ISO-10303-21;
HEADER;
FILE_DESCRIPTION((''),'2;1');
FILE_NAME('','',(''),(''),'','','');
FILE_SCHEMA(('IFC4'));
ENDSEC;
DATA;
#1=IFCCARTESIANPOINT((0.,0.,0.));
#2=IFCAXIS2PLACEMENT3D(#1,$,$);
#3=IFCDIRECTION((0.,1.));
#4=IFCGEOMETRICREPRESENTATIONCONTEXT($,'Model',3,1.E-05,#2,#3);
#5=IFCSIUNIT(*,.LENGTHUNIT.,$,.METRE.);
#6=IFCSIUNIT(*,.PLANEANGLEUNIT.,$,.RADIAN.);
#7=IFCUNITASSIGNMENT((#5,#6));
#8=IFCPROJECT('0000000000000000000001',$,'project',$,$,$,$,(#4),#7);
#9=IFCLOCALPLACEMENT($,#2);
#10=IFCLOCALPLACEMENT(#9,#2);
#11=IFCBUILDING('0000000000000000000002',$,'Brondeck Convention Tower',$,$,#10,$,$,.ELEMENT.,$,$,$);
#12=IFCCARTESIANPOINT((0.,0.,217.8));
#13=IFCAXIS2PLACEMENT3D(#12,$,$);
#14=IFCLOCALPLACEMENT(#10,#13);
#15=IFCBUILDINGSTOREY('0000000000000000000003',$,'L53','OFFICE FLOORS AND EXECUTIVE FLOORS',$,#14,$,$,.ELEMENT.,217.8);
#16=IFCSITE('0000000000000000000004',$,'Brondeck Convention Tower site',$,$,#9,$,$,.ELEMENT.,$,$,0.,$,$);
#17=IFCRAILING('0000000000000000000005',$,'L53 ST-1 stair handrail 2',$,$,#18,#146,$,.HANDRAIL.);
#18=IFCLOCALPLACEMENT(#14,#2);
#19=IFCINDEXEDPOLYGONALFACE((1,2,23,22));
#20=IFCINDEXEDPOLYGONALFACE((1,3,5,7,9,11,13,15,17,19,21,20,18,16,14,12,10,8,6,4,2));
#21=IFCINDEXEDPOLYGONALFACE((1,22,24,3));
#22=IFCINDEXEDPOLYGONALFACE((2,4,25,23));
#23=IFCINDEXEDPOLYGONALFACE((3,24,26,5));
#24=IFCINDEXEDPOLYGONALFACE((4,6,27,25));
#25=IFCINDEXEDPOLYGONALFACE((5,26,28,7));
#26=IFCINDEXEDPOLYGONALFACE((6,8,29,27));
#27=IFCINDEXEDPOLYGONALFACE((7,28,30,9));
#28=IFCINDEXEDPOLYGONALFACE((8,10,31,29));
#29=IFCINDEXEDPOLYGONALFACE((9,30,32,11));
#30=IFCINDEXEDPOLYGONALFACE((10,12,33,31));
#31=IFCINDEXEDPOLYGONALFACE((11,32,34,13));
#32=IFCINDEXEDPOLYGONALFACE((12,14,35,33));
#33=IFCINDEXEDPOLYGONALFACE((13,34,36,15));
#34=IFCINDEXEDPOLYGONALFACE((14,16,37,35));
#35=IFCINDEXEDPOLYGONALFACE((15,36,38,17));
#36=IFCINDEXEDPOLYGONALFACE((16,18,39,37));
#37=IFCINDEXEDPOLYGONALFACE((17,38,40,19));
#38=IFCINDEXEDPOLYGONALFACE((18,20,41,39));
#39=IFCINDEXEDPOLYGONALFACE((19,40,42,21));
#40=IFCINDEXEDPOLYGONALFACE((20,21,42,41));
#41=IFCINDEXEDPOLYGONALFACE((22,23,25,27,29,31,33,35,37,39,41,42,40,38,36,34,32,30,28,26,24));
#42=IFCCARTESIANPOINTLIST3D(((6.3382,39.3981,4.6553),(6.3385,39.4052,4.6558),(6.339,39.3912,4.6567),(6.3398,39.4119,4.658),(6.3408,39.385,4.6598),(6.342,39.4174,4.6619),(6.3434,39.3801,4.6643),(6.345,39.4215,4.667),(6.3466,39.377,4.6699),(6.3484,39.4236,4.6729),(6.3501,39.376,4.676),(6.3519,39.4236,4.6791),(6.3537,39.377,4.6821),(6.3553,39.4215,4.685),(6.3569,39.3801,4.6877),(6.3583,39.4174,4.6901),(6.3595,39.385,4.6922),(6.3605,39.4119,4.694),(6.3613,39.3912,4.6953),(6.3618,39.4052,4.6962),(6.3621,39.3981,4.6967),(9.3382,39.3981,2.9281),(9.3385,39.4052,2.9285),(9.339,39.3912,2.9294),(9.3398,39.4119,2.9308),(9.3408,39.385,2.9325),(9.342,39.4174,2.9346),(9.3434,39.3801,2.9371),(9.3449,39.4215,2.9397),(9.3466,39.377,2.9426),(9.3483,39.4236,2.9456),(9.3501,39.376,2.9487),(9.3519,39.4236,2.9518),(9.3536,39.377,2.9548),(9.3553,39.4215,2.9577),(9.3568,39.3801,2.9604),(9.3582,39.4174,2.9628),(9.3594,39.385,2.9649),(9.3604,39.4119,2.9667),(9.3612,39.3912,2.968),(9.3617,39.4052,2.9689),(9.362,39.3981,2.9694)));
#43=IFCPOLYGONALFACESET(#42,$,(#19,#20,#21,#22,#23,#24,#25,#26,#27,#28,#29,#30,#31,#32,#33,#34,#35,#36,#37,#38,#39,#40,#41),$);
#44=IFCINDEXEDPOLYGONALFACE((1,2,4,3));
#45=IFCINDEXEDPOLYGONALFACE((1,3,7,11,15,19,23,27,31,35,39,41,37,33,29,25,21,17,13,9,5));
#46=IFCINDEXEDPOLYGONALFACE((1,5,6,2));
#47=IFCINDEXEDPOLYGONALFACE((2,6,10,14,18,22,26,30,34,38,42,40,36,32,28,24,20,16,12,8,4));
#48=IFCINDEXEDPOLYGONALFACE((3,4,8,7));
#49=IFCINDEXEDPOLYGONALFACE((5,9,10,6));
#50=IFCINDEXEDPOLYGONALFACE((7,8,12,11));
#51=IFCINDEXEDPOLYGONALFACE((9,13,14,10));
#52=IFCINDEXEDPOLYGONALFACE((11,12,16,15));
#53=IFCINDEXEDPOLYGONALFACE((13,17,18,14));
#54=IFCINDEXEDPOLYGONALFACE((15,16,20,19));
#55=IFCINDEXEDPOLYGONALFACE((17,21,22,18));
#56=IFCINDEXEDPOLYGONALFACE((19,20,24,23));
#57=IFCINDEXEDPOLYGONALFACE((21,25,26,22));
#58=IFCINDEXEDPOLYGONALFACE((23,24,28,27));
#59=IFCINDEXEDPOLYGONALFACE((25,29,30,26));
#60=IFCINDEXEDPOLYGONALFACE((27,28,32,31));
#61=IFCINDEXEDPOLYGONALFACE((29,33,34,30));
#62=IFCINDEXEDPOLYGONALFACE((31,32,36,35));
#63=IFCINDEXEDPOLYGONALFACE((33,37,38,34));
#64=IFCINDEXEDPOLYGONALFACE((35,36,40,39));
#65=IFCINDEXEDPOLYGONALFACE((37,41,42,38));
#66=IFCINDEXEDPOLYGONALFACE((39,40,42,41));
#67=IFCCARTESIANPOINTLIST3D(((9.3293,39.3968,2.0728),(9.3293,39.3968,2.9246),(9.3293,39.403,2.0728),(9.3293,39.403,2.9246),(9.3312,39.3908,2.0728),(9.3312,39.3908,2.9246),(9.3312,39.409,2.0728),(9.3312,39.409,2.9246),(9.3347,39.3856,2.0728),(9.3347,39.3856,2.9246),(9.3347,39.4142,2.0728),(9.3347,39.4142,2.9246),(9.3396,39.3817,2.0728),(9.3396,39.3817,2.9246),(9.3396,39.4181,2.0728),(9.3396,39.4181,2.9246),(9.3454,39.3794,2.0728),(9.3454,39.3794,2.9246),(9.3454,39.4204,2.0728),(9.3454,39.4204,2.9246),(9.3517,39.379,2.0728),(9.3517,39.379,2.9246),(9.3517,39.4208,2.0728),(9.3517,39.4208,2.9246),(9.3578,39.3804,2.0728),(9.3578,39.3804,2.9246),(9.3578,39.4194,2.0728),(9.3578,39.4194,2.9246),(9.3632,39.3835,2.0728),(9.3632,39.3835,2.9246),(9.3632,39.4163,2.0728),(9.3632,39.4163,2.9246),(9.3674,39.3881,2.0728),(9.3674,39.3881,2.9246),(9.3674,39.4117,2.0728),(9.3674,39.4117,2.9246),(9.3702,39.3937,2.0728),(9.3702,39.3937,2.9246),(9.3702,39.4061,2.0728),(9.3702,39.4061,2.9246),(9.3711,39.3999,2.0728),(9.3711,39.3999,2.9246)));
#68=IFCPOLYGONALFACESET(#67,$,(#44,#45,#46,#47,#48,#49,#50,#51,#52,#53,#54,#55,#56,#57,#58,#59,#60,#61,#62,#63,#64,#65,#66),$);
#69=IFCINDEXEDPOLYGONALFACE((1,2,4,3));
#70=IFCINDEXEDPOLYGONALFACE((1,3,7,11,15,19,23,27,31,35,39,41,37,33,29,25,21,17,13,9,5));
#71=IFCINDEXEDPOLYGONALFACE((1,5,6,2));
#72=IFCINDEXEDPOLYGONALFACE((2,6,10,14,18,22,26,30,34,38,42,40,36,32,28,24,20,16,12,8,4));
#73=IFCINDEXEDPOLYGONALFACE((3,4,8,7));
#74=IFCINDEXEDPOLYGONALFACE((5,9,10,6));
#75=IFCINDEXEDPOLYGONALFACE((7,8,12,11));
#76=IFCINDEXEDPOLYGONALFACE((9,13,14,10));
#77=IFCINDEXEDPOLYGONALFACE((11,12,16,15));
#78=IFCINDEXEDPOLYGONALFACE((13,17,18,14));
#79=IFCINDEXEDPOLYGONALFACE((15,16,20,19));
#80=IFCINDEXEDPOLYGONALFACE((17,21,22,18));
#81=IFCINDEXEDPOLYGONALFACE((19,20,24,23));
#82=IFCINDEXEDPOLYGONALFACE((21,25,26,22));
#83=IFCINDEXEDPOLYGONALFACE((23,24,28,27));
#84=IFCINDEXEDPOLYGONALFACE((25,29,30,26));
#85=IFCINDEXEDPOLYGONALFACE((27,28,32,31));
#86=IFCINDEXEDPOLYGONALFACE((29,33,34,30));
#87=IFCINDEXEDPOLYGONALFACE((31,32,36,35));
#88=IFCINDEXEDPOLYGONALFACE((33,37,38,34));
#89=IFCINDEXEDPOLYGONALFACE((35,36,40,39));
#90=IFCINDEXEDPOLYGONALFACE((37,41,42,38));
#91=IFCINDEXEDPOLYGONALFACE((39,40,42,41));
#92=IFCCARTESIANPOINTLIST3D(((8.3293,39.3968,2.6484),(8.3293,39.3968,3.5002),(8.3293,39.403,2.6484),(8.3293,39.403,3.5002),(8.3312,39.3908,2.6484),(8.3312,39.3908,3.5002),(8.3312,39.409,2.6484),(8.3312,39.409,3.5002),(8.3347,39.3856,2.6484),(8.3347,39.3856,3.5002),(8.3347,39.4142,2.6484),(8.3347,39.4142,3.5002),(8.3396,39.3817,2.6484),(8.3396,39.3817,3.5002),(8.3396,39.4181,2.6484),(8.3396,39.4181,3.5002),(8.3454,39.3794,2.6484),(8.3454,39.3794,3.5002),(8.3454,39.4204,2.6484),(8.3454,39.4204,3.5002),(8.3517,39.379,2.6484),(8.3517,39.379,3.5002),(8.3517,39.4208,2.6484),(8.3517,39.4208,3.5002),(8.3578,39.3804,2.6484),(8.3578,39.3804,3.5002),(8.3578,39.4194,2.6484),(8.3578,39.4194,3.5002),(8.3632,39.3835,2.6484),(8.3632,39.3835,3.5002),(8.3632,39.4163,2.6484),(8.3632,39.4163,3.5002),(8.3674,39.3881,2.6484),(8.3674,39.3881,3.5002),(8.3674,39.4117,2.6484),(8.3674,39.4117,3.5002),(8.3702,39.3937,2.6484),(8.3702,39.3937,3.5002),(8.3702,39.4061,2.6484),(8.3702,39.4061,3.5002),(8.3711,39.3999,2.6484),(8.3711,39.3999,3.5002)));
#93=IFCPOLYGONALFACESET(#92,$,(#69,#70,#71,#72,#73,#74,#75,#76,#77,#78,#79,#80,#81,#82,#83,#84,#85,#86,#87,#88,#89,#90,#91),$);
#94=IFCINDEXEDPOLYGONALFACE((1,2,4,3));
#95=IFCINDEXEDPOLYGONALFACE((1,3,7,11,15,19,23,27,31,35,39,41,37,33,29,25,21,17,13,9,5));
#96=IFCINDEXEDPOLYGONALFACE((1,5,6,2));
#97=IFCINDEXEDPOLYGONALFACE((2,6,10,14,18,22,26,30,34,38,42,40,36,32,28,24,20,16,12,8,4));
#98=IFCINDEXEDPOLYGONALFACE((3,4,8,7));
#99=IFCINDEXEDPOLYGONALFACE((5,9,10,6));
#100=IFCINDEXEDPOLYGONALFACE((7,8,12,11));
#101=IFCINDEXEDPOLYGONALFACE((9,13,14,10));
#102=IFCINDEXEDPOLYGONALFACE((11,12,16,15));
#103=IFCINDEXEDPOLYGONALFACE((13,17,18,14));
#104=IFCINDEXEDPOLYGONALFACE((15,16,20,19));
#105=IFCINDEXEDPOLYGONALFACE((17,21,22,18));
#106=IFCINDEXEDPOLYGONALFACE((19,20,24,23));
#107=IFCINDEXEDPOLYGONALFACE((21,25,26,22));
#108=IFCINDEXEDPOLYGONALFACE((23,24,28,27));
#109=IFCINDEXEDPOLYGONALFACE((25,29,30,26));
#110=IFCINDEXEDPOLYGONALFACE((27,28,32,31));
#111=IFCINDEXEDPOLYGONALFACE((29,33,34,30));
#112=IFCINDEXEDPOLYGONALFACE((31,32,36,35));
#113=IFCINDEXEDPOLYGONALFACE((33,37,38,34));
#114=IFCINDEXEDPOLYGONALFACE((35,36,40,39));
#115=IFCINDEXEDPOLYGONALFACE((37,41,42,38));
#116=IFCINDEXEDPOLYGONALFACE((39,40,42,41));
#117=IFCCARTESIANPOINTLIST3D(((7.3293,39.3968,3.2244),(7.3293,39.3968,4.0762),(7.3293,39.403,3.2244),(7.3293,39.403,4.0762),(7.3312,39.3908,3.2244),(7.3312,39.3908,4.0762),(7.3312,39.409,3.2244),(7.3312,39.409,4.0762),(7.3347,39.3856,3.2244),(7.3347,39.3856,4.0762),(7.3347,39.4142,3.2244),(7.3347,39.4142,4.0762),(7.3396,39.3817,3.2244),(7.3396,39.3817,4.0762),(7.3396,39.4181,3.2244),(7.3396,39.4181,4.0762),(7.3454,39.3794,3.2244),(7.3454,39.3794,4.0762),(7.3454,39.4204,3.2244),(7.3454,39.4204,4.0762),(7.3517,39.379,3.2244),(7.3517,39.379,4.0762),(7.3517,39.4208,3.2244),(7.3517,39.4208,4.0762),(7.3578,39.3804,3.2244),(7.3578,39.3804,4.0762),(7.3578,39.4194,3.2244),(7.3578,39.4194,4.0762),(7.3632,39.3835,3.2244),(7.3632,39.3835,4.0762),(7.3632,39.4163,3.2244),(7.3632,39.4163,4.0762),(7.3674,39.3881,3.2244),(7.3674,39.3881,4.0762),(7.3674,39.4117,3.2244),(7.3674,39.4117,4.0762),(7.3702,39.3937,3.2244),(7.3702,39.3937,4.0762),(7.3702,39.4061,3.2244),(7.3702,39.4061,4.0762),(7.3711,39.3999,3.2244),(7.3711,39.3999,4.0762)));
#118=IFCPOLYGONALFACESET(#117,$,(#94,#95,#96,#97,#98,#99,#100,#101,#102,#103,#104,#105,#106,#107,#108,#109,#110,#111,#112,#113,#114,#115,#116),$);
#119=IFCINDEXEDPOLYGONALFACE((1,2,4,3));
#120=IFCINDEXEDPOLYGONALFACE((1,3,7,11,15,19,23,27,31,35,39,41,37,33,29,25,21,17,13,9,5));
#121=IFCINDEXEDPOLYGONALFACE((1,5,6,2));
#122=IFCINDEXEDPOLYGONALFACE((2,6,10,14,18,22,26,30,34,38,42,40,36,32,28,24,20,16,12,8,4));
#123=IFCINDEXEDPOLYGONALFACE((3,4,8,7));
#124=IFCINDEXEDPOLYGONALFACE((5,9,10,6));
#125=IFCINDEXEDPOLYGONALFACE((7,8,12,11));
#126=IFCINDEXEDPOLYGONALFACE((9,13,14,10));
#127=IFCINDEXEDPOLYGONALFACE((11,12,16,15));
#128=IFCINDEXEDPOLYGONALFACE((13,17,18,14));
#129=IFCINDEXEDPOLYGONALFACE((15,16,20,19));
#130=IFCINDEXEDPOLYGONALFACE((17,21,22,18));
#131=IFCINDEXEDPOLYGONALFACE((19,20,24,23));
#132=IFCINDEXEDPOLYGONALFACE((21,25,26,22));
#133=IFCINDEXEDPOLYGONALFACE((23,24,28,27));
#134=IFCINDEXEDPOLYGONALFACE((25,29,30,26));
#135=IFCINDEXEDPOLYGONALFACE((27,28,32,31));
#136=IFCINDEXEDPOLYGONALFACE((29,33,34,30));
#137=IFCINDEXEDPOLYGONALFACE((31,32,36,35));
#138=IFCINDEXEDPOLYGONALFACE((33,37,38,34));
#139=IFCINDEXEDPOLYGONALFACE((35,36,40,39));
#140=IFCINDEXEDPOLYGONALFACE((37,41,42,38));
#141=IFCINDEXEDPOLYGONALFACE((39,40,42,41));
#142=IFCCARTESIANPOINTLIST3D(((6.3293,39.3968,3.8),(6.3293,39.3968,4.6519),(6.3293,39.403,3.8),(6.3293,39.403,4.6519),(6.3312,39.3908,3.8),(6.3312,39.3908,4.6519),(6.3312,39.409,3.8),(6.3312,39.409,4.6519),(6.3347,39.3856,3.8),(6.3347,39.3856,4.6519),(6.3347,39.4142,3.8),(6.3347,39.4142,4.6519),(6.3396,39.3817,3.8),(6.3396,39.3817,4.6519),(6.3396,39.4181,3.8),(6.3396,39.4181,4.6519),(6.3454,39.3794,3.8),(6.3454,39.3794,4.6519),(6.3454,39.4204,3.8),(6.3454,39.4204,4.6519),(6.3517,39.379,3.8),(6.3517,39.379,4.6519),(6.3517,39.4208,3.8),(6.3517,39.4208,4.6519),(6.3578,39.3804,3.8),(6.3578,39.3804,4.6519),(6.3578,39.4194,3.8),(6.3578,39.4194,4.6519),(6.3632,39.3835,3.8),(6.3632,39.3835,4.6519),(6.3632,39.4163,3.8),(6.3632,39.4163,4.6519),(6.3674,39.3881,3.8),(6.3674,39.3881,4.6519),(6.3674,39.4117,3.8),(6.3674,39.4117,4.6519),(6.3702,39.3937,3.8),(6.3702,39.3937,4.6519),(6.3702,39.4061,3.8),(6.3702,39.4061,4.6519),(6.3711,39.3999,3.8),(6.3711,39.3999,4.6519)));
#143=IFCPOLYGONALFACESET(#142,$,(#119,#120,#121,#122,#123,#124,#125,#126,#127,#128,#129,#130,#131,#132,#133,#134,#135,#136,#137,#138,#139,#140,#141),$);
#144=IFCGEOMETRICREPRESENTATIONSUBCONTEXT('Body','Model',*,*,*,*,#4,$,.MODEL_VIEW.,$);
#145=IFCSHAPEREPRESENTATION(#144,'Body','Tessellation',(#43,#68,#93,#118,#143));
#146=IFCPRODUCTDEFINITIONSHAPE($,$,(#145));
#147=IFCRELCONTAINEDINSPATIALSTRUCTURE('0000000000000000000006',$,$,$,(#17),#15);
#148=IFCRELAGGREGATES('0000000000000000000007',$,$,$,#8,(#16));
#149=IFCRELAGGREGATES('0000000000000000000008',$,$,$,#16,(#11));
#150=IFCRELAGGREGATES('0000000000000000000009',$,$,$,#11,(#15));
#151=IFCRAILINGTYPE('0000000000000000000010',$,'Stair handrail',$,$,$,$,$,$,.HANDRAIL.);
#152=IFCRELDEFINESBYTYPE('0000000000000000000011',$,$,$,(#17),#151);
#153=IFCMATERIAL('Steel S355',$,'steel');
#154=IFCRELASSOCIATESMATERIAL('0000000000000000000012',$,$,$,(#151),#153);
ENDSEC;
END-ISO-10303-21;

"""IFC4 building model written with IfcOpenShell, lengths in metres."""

from ifc_helpers import new_model, si_unit, direction, frame, origin, origin_2d, place, context, subcontext, project, spatial, circle, extrude, material, type_object, element, save


model = new_model("IFC4")

# Units and contexts
model_context = context("Model", 3, precision=1e-05, world=origin(), true_north=direction((0.0, 1.0)))
body_context = subcontext(model_context, "Body", "Model", "MODEL_VIEW")
ifc_project = project(units=[si_unit("LENGTHUNIT", "METRE"), si_unit("PLANEANGLEUNIT", "RADIAN")], contexts=[model_context])

# Site, building, storey
site_placement = place(None, origin())
site = spatial("IfcSite", under=ifc_project, at=site_placement, Name="Brondeck Convention Tower site", CompositionType="ELEMENT", RefElevation=0.0)
building_placement = place(site_placement, origin())
building = spatial("IfcBuilding", under=site, at=building_placement, Name="Brondeck Convention Tower", CompositionType="ELEMENT")
storey_placement = place(building_placement, frame((0.0, 0.0, 217.8)))
storey = spatial("IfcBuildingStorey", under=building, at=storey_placement, Name="L53", Description="OFFICE FLOORS AND EXECUTIVE FLOORS", CompositionType="ELEMENT", Elevation=217.8)

# Shared definitions
ifc_material_1 = material(Name="Steel S355", Category="steel")

# Railing
railing_type_1 = type_object("IfcRailingType", Name="Stair handrail", PredefinedType="HANDRAIL", material=ifc_material_1)
railing_1_placement = place(storey_placement, frame((9.3501, 39.3999, 2.0728)))
element("IfcRailing", 1, at=railing_1_placement, inside=storey, type_object=railing_type_1, Name="L53 ST-1 stair handrail 2", PredefinedType="HANDRAIL", context=body_context, shape_type="SweptSolid", body=[
    extrude(circle(Radius=0.0239, at=origin_2d()), frame((0.0, 0.0, 0.876), z_axis=(-0.86662, 0.0, 0.498969), x_axis=(0.0, -1.0, 0.0)), (0.0, 0.0, 1.0), 3.4617),
    extrude(circle(Radius=0.021, at=origin_2d()), origin(), (0.0, 0.0, 1.0), 0.8518),
    extrude(circle(Radius=0.021, at=origin_2d()), frame((-1.0, 0.0, 0.5757)), (0.0, 0.0, 1.0), 0.8518),
    extrude(circle(Radius=0.021, at=origin_2d()), frame((-2.0, 0.0, 1.1516)), (0.0, 0.0, 1.0), 0.8518),
    extrude(circle(Radius=0.021, at=origin_2d()), frame((-3.0, 0.0, 1.7273)), (0.0, 0.0, 1.0), 0.8518),
])

save(model, "model.ifc")
